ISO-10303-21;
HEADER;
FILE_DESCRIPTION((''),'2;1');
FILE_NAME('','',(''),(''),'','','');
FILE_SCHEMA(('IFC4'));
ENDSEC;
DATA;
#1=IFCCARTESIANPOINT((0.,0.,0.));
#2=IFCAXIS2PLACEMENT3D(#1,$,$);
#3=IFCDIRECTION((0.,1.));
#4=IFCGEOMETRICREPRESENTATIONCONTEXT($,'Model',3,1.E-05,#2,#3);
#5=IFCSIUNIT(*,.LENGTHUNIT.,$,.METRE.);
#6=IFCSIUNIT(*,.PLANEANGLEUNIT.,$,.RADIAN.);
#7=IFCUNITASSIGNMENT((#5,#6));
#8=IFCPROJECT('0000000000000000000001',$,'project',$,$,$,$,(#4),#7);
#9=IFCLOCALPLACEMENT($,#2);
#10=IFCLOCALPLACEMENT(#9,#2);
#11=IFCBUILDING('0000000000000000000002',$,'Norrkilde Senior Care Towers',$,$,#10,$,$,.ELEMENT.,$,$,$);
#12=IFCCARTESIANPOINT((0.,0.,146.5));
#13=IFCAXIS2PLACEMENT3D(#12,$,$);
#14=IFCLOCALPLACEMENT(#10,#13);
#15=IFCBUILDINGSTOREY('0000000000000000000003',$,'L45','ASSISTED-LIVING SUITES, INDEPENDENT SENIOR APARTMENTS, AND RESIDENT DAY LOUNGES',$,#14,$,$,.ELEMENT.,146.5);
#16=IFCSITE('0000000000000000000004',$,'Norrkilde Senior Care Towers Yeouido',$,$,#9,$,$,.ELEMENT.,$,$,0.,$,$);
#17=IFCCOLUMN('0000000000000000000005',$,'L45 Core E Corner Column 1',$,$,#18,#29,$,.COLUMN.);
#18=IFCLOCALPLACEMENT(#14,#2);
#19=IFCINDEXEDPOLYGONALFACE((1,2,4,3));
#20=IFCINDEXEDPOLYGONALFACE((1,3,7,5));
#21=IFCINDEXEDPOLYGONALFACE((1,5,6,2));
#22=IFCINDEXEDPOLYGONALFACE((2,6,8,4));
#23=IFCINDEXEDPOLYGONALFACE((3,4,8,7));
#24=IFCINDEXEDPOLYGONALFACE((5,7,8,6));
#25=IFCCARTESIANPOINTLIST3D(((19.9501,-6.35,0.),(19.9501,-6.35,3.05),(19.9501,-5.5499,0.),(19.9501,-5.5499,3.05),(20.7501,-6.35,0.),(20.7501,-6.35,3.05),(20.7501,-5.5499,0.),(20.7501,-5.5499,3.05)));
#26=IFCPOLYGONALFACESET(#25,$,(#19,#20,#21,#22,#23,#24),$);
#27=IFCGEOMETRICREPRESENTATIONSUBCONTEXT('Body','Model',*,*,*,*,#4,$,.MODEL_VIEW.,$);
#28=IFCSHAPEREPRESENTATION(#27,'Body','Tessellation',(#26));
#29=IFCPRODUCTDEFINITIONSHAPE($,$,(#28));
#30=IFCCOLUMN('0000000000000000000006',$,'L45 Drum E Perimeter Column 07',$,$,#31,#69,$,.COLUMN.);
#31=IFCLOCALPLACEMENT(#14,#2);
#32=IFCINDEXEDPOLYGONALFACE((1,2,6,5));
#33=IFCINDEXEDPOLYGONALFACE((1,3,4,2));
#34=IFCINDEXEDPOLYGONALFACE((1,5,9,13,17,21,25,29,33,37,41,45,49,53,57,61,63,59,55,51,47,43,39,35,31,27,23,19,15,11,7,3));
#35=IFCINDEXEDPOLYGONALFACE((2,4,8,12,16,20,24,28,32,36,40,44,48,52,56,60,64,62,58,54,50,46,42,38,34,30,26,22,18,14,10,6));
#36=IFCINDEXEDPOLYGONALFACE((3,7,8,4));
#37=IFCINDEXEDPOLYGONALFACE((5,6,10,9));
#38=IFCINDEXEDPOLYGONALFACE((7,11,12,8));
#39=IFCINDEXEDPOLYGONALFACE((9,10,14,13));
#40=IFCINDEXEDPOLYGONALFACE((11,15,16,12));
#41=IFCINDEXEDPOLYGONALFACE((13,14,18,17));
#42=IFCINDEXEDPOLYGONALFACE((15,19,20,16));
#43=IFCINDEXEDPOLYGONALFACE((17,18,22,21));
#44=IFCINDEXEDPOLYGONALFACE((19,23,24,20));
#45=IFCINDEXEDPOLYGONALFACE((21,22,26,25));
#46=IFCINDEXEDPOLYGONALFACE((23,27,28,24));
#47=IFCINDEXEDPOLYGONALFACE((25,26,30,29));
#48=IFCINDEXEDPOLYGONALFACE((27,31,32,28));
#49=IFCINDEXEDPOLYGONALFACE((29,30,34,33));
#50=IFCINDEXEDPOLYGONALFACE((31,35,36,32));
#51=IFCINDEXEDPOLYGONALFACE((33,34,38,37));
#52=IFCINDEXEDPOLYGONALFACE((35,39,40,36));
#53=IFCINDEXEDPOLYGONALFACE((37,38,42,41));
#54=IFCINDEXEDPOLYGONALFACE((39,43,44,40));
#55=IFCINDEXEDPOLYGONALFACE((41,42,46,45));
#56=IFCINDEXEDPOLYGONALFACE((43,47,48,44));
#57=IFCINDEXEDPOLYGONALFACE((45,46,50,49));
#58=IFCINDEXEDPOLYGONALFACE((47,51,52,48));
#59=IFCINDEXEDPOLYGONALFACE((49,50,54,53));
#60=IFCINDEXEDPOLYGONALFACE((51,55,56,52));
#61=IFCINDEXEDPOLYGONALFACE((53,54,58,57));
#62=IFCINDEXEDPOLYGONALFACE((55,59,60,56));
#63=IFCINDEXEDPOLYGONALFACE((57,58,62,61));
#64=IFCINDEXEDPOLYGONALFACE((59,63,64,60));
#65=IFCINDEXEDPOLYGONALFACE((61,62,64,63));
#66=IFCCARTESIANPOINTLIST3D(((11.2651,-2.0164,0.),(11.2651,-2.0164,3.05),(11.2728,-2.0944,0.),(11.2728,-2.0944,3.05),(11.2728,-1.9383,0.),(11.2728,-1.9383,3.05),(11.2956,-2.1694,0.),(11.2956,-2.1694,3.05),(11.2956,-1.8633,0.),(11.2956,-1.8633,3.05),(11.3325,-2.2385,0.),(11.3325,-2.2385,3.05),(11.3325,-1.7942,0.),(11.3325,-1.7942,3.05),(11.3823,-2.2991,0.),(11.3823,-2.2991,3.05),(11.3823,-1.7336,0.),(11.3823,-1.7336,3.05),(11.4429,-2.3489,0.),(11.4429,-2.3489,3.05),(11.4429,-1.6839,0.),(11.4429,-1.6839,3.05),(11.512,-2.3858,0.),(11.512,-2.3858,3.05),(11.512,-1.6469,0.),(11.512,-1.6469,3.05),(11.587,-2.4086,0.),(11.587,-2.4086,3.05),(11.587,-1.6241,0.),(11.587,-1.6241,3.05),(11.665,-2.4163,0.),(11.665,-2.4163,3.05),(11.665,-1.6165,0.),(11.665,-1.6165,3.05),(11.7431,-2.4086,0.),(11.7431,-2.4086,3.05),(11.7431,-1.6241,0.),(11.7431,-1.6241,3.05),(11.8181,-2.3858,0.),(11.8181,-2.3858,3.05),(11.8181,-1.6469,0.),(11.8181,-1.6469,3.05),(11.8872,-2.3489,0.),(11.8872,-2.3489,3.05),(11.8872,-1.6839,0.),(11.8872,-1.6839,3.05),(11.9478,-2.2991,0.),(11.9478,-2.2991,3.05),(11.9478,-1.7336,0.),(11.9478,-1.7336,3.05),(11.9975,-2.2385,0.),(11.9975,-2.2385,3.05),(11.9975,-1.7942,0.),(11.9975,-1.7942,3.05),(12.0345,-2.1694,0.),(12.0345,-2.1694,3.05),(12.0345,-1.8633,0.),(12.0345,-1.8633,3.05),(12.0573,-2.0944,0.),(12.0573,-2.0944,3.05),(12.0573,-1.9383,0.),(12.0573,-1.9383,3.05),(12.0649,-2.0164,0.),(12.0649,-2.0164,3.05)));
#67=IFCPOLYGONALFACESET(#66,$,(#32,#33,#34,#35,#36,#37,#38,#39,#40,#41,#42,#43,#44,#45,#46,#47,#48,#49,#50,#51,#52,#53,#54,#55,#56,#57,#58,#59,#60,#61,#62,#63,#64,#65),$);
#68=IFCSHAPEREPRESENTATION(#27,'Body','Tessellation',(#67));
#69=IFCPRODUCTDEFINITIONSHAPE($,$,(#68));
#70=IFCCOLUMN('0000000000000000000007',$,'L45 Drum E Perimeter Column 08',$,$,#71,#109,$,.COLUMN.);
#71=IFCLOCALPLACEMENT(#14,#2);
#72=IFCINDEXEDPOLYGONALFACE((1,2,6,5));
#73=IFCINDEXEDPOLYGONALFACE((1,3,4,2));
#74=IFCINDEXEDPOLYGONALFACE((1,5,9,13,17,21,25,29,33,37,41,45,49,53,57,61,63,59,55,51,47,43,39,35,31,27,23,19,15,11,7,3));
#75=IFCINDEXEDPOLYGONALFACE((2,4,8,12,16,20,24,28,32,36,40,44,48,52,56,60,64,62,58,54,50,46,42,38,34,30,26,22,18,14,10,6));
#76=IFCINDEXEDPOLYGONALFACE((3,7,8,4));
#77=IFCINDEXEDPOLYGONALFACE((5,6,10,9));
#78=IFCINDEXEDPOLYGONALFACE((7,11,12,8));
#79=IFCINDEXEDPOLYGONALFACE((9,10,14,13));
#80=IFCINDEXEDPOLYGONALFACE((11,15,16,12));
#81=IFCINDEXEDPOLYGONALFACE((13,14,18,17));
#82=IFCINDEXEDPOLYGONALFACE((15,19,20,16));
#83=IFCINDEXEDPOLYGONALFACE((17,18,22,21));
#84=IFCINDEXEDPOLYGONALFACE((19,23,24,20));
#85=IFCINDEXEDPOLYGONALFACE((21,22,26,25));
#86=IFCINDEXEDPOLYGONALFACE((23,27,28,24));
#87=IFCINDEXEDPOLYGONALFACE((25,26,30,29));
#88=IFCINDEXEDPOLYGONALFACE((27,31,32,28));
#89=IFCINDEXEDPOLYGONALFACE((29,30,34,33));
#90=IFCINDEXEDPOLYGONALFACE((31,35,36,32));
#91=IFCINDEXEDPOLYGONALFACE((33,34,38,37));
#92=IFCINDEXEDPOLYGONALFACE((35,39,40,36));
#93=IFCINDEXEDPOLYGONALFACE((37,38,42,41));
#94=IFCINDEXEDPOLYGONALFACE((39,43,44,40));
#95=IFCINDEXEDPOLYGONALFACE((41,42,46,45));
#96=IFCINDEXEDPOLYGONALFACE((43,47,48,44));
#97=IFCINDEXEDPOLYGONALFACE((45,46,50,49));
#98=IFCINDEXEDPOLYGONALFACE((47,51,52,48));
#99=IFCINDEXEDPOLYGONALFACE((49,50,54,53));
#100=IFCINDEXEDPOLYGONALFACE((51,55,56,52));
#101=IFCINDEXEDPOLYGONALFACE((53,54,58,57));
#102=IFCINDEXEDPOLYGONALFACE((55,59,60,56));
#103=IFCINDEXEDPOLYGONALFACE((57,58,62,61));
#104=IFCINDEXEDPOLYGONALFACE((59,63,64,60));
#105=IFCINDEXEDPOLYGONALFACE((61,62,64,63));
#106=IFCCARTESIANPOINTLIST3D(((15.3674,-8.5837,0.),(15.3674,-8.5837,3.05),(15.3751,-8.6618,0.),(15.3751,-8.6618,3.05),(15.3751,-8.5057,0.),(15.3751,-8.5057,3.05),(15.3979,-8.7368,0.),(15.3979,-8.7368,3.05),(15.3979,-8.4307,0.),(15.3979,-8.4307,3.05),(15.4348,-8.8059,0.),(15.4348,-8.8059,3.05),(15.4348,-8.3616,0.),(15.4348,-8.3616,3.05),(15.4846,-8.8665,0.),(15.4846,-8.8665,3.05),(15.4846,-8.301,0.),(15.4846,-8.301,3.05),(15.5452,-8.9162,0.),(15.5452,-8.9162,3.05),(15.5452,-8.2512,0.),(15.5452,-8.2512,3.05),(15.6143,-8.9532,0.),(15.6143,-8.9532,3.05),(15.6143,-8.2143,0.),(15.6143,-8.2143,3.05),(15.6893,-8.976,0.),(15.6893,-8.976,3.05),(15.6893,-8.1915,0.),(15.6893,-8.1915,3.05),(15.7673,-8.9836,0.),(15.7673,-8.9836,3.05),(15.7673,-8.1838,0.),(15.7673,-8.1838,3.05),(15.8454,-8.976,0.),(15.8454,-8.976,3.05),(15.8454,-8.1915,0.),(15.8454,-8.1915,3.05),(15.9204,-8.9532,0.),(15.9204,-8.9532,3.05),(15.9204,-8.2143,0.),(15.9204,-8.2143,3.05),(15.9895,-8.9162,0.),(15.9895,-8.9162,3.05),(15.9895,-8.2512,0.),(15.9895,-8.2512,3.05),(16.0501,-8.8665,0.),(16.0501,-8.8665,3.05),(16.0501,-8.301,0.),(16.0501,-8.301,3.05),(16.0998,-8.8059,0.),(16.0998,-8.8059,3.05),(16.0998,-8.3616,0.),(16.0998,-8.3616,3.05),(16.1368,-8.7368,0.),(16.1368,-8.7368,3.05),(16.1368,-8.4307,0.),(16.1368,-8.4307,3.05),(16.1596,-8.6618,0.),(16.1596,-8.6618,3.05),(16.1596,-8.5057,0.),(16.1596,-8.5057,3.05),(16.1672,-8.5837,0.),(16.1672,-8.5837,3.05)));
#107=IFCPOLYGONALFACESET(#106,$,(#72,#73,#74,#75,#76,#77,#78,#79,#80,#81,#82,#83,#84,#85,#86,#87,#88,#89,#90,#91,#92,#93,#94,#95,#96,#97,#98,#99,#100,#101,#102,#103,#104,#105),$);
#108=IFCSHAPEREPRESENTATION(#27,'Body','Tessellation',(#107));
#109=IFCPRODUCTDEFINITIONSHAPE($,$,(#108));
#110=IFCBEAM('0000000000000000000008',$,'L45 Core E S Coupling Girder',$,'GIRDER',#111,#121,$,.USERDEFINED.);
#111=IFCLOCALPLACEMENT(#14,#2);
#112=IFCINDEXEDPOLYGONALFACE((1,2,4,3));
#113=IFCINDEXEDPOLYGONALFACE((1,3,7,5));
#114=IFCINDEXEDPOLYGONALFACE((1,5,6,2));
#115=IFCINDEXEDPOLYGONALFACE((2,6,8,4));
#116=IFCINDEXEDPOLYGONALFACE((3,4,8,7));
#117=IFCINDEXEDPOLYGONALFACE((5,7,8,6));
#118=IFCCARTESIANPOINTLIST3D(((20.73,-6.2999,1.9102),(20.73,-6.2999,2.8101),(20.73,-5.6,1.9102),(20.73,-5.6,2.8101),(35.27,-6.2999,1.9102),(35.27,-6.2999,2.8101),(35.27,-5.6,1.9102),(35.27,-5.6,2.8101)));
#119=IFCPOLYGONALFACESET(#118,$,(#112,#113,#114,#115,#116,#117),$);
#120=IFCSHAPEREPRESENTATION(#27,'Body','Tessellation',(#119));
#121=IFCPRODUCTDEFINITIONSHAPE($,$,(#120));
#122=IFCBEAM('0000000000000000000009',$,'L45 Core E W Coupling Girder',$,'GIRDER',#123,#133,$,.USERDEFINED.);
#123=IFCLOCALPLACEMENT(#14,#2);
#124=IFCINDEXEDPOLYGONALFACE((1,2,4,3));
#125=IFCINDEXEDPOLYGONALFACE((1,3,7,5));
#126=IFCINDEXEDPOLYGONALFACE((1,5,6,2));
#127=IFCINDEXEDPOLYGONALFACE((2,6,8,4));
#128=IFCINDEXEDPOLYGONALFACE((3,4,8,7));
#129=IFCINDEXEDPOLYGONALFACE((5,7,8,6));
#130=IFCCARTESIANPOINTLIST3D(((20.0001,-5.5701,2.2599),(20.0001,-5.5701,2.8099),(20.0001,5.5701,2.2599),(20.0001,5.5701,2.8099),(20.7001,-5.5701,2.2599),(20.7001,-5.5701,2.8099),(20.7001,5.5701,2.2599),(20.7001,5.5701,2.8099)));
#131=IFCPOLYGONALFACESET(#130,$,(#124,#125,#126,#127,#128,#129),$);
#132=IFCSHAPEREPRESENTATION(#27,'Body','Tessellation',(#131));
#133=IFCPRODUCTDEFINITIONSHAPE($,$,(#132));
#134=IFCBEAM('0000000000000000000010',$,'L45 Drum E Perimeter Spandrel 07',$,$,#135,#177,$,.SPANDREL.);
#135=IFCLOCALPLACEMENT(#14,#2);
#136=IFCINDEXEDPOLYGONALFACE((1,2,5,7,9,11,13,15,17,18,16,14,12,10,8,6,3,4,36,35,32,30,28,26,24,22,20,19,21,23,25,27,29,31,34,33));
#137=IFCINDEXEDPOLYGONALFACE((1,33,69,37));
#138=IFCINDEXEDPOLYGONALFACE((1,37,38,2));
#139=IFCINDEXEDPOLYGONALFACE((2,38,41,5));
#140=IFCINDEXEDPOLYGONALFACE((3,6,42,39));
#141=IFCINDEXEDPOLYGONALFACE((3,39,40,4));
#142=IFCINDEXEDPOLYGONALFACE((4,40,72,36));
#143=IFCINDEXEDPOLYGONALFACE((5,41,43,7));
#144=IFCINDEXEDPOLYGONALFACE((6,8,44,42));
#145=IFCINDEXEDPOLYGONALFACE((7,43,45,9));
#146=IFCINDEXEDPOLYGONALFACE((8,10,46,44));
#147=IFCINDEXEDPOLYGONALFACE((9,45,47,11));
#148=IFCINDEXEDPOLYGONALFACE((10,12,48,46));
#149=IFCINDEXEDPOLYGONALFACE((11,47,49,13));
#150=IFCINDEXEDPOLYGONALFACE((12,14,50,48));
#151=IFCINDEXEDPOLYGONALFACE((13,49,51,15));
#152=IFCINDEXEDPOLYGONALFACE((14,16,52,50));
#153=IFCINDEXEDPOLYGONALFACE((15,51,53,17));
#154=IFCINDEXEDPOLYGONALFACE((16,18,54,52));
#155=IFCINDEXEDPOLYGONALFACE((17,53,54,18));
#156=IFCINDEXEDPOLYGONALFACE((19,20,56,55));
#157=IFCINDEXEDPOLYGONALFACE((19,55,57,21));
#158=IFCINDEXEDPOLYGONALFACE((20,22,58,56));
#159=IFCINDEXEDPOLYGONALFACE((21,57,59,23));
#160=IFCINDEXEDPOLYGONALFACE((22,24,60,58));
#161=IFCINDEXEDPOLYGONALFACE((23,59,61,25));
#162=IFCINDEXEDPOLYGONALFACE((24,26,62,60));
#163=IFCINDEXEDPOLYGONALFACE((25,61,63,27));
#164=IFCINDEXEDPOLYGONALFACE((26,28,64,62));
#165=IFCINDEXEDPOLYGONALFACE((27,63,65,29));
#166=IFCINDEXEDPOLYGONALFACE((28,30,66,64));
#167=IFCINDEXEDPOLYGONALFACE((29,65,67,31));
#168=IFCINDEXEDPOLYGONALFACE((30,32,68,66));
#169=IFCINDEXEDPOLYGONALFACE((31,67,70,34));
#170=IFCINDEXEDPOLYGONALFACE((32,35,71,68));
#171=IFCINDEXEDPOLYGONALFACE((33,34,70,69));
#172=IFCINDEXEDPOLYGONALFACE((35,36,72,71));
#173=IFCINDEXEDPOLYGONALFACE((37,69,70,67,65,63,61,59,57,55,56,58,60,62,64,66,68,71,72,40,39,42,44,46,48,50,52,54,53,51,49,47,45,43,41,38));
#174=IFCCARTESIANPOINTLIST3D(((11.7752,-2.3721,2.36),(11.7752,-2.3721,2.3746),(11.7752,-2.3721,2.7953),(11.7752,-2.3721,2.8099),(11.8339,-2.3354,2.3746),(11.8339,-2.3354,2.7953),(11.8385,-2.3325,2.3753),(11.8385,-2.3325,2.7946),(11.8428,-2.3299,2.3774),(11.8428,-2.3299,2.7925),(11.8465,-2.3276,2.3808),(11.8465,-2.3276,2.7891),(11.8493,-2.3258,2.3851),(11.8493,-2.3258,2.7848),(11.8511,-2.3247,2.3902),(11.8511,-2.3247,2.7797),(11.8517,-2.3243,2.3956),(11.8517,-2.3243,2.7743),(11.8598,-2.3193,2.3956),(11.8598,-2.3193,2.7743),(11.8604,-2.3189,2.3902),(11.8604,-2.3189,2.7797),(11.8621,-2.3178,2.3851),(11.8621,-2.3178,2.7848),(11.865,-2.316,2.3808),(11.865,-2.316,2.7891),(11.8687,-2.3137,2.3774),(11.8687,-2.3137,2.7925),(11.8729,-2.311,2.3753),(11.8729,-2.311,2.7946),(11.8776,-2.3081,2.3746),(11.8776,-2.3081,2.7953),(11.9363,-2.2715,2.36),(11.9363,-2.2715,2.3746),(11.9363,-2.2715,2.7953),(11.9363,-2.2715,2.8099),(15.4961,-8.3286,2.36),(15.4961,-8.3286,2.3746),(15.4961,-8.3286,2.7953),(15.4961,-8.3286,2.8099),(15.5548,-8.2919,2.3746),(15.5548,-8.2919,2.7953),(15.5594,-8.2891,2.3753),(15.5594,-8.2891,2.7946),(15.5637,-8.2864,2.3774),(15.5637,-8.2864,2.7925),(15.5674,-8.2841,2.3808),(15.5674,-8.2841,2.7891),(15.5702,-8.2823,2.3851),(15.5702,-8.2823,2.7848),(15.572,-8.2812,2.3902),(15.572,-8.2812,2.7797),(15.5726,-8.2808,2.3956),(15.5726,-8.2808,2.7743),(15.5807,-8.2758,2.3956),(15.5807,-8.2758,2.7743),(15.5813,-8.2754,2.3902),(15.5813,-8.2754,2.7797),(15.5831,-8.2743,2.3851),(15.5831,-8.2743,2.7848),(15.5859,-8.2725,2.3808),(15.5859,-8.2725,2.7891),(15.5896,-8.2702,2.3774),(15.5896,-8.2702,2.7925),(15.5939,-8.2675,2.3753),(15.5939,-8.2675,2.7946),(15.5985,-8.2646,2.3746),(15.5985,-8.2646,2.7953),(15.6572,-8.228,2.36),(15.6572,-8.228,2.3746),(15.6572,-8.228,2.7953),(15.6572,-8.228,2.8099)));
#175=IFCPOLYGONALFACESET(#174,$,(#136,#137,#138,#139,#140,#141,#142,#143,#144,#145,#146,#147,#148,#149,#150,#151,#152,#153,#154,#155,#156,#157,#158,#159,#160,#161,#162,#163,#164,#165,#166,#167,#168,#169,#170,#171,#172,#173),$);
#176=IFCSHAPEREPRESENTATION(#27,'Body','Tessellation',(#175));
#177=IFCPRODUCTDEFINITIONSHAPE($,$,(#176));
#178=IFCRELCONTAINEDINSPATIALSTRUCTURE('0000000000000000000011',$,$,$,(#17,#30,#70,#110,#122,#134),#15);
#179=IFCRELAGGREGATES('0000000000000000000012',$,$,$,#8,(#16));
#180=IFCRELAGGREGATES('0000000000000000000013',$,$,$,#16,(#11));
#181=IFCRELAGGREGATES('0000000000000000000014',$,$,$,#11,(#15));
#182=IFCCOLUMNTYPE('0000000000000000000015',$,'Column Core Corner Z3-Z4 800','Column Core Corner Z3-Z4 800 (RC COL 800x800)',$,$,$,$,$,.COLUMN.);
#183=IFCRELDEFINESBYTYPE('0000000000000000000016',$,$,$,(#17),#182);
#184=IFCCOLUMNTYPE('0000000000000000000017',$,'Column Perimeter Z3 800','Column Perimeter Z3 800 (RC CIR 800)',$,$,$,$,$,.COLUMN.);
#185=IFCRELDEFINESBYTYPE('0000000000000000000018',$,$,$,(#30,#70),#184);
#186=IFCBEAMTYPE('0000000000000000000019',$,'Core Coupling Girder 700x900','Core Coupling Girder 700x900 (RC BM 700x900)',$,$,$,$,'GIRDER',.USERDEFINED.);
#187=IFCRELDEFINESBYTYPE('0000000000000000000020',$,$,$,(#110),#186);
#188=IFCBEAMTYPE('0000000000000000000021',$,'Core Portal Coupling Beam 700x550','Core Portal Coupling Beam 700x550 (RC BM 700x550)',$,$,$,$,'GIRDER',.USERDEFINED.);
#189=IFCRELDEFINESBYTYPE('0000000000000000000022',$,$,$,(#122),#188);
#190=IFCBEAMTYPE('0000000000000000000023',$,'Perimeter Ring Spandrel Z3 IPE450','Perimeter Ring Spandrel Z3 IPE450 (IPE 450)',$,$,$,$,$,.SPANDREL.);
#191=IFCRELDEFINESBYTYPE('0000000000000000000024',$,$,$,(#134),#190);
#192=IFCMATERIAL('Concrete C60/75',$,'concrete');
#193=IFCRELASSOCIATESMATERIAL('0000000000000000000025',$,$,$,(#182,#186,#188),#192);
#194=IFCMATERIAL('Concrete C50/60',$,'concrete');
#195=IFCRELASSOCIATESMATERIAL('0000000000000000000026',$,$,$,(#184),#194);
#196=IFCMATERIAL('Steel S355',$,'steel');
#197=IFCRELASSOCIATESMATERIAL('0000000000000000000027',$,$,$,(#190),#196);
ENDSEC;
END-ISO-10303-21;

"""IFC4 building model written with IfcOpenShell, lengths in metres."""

from ifc_helpers import new_model, si_unit, direction, frame, origin, origin_2d, place, context, subcontext, project, spatial, rectangle, circle, i_section, extrude, source, transform, mapped, material, material_profile, profile_set, type_object, type_shapes, element, save


model = new_model("IFC4")

# Units and contexts
model_context = context("Model", 3, precision=1e-05, world=origin(), true_north=direction((0.0, 1.0)))
body_context = subcontext(model_context, "Body", "Model", "MODEL_VIEW")
ifc_project = project(units=[si_unit("LENGTHUNIT", "METRE"), si_unit("PLANEANGLEUNIT", "RADIAN")], contexts=[model_context])

# Site, building, storey
site_placement = place(None, origin())
site = spatial("IfcSite", under=ifc_project, at=site_placement, Name="Norrkilde Senior Care Towers Yeouido", CompositionType="ELEMENT", RefElevation=0.0)
building_placement = place(site_placement, origin())
building = spatial("IfcBuilding", under=site, at=building_placement, Name="Norrkilde Senior Care Towers", CompositionType="ELEMENT")
storey_placement = place(building_placement, frame((0.0, 0.0, 146.5)))
storey = spatial("IfcBuildingStorey", under=building, at=storey_placement, Name="L45", Description="ASSISTED-LIVING SUITES, INDEPENDENT SENIOR APARTMENTS, AND RESIDENT DAY LOUNGES", CompositionType="ELEMENT", Elevation=146.5)

# Columns
ifc_material_1 = material(Name="Concrete C60/75", Category="concrete")
ifc_material_profile_1 = material_profile(ifc_material_1, rectangle(XDim=0.8, YDim=0.8, at=origin_2d()), Name="RC COL 800x800")
ifc_profile_set_1 = profile_set([ifc_material_profile_1], Name="Concrete C60/75")
column_type_1 = type_object("IfcColumnType", Name="Column Core Corner Z3-Z4 800", Description="Column Core Corner Z3-Z4 800 (RC COL 800x800)", PredefinedType="COLUMN", material=ifc_profile_set_1)
shared_shape_1 = source(origin(), body_context, "Body", "SweptSolid", [
    extrude(rectangle(XDim=0.8, YDim=0.8, at=origin_2d()), origin(), (0.0, 0.0, 1.0), 3.05),
])
type_shapes(column_type_1, [shared_shape_1])
column_placement = place(storey_placement, frame((20.3501, -5.95, 0.0), z_axis=(0.0, 0.0, 1.0), x_axis=(1.0, 0.0, 0.0)))
element("IfcColumn", 1, at=column_placement, inside=storey, type_object=column_type_1, Name="L45 Core E Corner Column 1", PredefinedType="COLUMN", context=body_context, shape_type="MappedRepresentation", body=[
    mapped(shared_shape_1, transform((0.0, 0.0, 0.0), x_axis=(1.0, 0.0, 0.0), y_axis=(0.0, 1.0, 0.0), z_axis=(0.0, 0.0, 1.0), scale=1.0)),
])
ifc_material_2 = material(Name="Concrete C50/60", Category="concrete")
ifc_material_profile_2 = material_profile(ifc_material_2, circle(Radius=0.3999, at=origin_2d()), Name="RC CIR 800")
ifc_profile_set_2 = profile_set([ifc_material_profile_2], Name="Concrete C50/60")
column_type_2 = type_object("IfcColumnType", Name="Column Perimeter Z3 800", Description="Column Perimeter Z3 800 (RC CIR 800)", PredefinedType="COLUMN", material=ifc_profile_set_2)
shared_shape_2 = source(origin(), body_context, "Body", "SweptSolid", [
    extrude(circle(Radius=0.3999, at=origin_2d()), origin(), (0.0, 0.0, 1.0), 3.05),
])
type_shapes(column_type_2, [shared_shape_2])
for number, where, z_axis, x_axis, name in (
    (2, (11.665, -2.0164, 0.0), (0.0, 0.0, 1.0), (1.0, 0.0, 0.0), "L45 Drum E Perimeter Column 07"),
    (3, (15.7673, -8.5837, 0.0), (0.0, 0.0, 1.0), (1.0, 0.0, 0.0), "L45 Drum E Perimeter Column 08"),
):
    element("IfcColumn", number, at=place(storey_placement, frame(where, z_axis=z_axis, x_axis=x_axis)), inside=storey, type_object=column_type_2, Name=name, PredefinedType="COLUMN", context=body_context, shape_type="MappedRepresentation", body=[
        mapped(shared_shape_2, transform((0.0, 0.0, 0.0), x_axis=(1.0, 0.0, 0.0), y_axis=(0.0, 1.0, 0.0), z_axis=(0.0, 0.0, 1.0), scale=1.0)),
    ])

# Beams
ifc_material_profile_3 = material_profile(ifc_material_1, rectangle(XDim=0.7, YDim=0.8999, at=origin_2d()), Name="RC BM 700x900")
ifc_profile_set_3 = profile_set([ifc_material_profile_3], Name="Concrete C60/75")
beam_type_1 = type_object("IfcBeamType", Name="Core Coupling Girder 700x900", Description="Core Coupling Girder 700x900 (RC BM 700x900)", ElementType="GIRDER", PredefinedType="USERDEFINED", material=ifc_profile_set_3)
shared_shape_3 = source(origin(), body_context, "Body", "SweptSolid", [
    extrude(rectangle(XDim=0.7, YDim=0.8999, at=origin_2d()), origin(), (0.0, 0.0, 1.0), 14.54),
])
type_shapes(beam_type_1, [shared_shape_3])
beam_1_placement = place(storey_placement, frame((20.73, -5.95, 2.3601), z_axis=(1.0, 0.0, 0.0), x_axis=(0.0, 1.0, 0.0)))
element("IfcBeam", 4, at=beam_1_placement, inside=storey, type_object=beam_type_1, Name="L45 Core E S Coupling Girder", ObjectType="GIRDER", PredefinedType="USERDEFINED", context=body_context, shape_type="MappedRepresentation", body=[
    mapped(shared_shape_3, transform((0.0, 0.0, 0.0), x_axis=(1.0, 0.0, 0.0), y_axis=(0.0, 1.0, 0.0), z_axis=(0.0, 0.0, 1.0), scale=1.0)),
])
ifc_material_profile_4 = material_profile(ifc_material_1, rectangle(XDim=0.7, YDim=0.55, at=origin_2d()), Name="RC BM 700x550")
ifc_profile_set_4 = profile_set([ifc_material_profile_4], Name="Concrete C60/75")
beam_type_2 = type_object("IfcBeamType", Name="Core Portal Coupling Beam 700x550", Description="Core Portal Coupling Beam 700x550 (RC BM 700x550)", ElementType="GIRDER", PredefinedType="USERDEFINED", material=ifc_profile_set_4)
shared_shape_4 = source(origin(), body_context, "Body", "SweptSolid", [
    extrude(rectangle(XDim=0.7, YDim=0.55, at=origin_2d()), origin(), (0.0, 0.0, 1.0), 11.1401),
])
type_shapes(beam_type_2, [shared_shape_4])
beam_2_placement = place(storey_placement, frame((20.3501, -5.5701, 2.5349), z_axis=(0.0, 1.0, 0.0), x_axis=(-1.0, 0.0, 0.0)))
element("IfcBeam", 5, at=beam_2_placement, inside=storey, type_object=beam_type_2, Name="L45 Core E W Coupling Girder", ObjectType="GIRDER", PredefinedType="USERDEFINED", context=body_context, shape_type="MappedRepresentation", body=[
    mapped(shared_shape_4, transform((0.0, 0.0, 0.0), x_axis=(1.0, 0.0, 0.0), y_axis=(0.0, 1.0, 0.0), z_axis=(0.0, 0.0, 1.0), scale=1.0)),
])
ifc_material_3 = material(Name="Steel S355", Category="steel")
ifc_material_profile_5 = material_profile(ifc_material_3, i_section(OverallWidth=0.1899, OverallDepth=0.45, WebThickness=0.0095, FlangeThickness=0.0146, FilletRadius=0.021, at=origin_2d()), Name="IPE 450")
ifc_profile_set_5 = profile_set([ifc_material_profile_5], Name="Steel S355")
beam_type_3 = type_object("IfcBeamType", Name="Perimeter Ring Spandrel Z3 IPE450", Description="Perimeter Ring Spandrel Z3 IPE450 (IPE 450)", PredefinedType="SPANDREL", material=ifc_profile_set_5)
shared_shape_5 = source(origin(), body_context, "Body", "SweptSolid", [
    extrude(i_section(OverallWidth=0.1899, OverallDepth=0.45, WebThickness=0.0095, FlangeThickness=0.0146, FilletRadius=0.021, at=origin_2d()), origin(), (0.0, 0.0, 1.0), 7.0232),
])
beam_3_placement = place(storey_placement, frame((11.8557, -2.3218, 2.585), z_axis=(0.529805, -0.848119, 0.0), x_axis=(0.848119, 0.529805, 0.0)))
element("IfcBeam", 6, at=beam_3_placement, inside=storey, type_object=beam_type_3, Name="L45 Drum E Perimeter Spandrel 07", PredefinedType="SPANDREL", context=body_context, shape_type="MappedRepresentation", body=[
    mapped(shared_shape_5, transform((0.0, 0.0, 0.0), x_axis=(1.0, 0.0, 0.0), y_axis=(0.0, 1.0, 0.0), z_axis=(0.0, 0.0, 1.0), scale=1.0)),
])

save(model, "model.ifc")
